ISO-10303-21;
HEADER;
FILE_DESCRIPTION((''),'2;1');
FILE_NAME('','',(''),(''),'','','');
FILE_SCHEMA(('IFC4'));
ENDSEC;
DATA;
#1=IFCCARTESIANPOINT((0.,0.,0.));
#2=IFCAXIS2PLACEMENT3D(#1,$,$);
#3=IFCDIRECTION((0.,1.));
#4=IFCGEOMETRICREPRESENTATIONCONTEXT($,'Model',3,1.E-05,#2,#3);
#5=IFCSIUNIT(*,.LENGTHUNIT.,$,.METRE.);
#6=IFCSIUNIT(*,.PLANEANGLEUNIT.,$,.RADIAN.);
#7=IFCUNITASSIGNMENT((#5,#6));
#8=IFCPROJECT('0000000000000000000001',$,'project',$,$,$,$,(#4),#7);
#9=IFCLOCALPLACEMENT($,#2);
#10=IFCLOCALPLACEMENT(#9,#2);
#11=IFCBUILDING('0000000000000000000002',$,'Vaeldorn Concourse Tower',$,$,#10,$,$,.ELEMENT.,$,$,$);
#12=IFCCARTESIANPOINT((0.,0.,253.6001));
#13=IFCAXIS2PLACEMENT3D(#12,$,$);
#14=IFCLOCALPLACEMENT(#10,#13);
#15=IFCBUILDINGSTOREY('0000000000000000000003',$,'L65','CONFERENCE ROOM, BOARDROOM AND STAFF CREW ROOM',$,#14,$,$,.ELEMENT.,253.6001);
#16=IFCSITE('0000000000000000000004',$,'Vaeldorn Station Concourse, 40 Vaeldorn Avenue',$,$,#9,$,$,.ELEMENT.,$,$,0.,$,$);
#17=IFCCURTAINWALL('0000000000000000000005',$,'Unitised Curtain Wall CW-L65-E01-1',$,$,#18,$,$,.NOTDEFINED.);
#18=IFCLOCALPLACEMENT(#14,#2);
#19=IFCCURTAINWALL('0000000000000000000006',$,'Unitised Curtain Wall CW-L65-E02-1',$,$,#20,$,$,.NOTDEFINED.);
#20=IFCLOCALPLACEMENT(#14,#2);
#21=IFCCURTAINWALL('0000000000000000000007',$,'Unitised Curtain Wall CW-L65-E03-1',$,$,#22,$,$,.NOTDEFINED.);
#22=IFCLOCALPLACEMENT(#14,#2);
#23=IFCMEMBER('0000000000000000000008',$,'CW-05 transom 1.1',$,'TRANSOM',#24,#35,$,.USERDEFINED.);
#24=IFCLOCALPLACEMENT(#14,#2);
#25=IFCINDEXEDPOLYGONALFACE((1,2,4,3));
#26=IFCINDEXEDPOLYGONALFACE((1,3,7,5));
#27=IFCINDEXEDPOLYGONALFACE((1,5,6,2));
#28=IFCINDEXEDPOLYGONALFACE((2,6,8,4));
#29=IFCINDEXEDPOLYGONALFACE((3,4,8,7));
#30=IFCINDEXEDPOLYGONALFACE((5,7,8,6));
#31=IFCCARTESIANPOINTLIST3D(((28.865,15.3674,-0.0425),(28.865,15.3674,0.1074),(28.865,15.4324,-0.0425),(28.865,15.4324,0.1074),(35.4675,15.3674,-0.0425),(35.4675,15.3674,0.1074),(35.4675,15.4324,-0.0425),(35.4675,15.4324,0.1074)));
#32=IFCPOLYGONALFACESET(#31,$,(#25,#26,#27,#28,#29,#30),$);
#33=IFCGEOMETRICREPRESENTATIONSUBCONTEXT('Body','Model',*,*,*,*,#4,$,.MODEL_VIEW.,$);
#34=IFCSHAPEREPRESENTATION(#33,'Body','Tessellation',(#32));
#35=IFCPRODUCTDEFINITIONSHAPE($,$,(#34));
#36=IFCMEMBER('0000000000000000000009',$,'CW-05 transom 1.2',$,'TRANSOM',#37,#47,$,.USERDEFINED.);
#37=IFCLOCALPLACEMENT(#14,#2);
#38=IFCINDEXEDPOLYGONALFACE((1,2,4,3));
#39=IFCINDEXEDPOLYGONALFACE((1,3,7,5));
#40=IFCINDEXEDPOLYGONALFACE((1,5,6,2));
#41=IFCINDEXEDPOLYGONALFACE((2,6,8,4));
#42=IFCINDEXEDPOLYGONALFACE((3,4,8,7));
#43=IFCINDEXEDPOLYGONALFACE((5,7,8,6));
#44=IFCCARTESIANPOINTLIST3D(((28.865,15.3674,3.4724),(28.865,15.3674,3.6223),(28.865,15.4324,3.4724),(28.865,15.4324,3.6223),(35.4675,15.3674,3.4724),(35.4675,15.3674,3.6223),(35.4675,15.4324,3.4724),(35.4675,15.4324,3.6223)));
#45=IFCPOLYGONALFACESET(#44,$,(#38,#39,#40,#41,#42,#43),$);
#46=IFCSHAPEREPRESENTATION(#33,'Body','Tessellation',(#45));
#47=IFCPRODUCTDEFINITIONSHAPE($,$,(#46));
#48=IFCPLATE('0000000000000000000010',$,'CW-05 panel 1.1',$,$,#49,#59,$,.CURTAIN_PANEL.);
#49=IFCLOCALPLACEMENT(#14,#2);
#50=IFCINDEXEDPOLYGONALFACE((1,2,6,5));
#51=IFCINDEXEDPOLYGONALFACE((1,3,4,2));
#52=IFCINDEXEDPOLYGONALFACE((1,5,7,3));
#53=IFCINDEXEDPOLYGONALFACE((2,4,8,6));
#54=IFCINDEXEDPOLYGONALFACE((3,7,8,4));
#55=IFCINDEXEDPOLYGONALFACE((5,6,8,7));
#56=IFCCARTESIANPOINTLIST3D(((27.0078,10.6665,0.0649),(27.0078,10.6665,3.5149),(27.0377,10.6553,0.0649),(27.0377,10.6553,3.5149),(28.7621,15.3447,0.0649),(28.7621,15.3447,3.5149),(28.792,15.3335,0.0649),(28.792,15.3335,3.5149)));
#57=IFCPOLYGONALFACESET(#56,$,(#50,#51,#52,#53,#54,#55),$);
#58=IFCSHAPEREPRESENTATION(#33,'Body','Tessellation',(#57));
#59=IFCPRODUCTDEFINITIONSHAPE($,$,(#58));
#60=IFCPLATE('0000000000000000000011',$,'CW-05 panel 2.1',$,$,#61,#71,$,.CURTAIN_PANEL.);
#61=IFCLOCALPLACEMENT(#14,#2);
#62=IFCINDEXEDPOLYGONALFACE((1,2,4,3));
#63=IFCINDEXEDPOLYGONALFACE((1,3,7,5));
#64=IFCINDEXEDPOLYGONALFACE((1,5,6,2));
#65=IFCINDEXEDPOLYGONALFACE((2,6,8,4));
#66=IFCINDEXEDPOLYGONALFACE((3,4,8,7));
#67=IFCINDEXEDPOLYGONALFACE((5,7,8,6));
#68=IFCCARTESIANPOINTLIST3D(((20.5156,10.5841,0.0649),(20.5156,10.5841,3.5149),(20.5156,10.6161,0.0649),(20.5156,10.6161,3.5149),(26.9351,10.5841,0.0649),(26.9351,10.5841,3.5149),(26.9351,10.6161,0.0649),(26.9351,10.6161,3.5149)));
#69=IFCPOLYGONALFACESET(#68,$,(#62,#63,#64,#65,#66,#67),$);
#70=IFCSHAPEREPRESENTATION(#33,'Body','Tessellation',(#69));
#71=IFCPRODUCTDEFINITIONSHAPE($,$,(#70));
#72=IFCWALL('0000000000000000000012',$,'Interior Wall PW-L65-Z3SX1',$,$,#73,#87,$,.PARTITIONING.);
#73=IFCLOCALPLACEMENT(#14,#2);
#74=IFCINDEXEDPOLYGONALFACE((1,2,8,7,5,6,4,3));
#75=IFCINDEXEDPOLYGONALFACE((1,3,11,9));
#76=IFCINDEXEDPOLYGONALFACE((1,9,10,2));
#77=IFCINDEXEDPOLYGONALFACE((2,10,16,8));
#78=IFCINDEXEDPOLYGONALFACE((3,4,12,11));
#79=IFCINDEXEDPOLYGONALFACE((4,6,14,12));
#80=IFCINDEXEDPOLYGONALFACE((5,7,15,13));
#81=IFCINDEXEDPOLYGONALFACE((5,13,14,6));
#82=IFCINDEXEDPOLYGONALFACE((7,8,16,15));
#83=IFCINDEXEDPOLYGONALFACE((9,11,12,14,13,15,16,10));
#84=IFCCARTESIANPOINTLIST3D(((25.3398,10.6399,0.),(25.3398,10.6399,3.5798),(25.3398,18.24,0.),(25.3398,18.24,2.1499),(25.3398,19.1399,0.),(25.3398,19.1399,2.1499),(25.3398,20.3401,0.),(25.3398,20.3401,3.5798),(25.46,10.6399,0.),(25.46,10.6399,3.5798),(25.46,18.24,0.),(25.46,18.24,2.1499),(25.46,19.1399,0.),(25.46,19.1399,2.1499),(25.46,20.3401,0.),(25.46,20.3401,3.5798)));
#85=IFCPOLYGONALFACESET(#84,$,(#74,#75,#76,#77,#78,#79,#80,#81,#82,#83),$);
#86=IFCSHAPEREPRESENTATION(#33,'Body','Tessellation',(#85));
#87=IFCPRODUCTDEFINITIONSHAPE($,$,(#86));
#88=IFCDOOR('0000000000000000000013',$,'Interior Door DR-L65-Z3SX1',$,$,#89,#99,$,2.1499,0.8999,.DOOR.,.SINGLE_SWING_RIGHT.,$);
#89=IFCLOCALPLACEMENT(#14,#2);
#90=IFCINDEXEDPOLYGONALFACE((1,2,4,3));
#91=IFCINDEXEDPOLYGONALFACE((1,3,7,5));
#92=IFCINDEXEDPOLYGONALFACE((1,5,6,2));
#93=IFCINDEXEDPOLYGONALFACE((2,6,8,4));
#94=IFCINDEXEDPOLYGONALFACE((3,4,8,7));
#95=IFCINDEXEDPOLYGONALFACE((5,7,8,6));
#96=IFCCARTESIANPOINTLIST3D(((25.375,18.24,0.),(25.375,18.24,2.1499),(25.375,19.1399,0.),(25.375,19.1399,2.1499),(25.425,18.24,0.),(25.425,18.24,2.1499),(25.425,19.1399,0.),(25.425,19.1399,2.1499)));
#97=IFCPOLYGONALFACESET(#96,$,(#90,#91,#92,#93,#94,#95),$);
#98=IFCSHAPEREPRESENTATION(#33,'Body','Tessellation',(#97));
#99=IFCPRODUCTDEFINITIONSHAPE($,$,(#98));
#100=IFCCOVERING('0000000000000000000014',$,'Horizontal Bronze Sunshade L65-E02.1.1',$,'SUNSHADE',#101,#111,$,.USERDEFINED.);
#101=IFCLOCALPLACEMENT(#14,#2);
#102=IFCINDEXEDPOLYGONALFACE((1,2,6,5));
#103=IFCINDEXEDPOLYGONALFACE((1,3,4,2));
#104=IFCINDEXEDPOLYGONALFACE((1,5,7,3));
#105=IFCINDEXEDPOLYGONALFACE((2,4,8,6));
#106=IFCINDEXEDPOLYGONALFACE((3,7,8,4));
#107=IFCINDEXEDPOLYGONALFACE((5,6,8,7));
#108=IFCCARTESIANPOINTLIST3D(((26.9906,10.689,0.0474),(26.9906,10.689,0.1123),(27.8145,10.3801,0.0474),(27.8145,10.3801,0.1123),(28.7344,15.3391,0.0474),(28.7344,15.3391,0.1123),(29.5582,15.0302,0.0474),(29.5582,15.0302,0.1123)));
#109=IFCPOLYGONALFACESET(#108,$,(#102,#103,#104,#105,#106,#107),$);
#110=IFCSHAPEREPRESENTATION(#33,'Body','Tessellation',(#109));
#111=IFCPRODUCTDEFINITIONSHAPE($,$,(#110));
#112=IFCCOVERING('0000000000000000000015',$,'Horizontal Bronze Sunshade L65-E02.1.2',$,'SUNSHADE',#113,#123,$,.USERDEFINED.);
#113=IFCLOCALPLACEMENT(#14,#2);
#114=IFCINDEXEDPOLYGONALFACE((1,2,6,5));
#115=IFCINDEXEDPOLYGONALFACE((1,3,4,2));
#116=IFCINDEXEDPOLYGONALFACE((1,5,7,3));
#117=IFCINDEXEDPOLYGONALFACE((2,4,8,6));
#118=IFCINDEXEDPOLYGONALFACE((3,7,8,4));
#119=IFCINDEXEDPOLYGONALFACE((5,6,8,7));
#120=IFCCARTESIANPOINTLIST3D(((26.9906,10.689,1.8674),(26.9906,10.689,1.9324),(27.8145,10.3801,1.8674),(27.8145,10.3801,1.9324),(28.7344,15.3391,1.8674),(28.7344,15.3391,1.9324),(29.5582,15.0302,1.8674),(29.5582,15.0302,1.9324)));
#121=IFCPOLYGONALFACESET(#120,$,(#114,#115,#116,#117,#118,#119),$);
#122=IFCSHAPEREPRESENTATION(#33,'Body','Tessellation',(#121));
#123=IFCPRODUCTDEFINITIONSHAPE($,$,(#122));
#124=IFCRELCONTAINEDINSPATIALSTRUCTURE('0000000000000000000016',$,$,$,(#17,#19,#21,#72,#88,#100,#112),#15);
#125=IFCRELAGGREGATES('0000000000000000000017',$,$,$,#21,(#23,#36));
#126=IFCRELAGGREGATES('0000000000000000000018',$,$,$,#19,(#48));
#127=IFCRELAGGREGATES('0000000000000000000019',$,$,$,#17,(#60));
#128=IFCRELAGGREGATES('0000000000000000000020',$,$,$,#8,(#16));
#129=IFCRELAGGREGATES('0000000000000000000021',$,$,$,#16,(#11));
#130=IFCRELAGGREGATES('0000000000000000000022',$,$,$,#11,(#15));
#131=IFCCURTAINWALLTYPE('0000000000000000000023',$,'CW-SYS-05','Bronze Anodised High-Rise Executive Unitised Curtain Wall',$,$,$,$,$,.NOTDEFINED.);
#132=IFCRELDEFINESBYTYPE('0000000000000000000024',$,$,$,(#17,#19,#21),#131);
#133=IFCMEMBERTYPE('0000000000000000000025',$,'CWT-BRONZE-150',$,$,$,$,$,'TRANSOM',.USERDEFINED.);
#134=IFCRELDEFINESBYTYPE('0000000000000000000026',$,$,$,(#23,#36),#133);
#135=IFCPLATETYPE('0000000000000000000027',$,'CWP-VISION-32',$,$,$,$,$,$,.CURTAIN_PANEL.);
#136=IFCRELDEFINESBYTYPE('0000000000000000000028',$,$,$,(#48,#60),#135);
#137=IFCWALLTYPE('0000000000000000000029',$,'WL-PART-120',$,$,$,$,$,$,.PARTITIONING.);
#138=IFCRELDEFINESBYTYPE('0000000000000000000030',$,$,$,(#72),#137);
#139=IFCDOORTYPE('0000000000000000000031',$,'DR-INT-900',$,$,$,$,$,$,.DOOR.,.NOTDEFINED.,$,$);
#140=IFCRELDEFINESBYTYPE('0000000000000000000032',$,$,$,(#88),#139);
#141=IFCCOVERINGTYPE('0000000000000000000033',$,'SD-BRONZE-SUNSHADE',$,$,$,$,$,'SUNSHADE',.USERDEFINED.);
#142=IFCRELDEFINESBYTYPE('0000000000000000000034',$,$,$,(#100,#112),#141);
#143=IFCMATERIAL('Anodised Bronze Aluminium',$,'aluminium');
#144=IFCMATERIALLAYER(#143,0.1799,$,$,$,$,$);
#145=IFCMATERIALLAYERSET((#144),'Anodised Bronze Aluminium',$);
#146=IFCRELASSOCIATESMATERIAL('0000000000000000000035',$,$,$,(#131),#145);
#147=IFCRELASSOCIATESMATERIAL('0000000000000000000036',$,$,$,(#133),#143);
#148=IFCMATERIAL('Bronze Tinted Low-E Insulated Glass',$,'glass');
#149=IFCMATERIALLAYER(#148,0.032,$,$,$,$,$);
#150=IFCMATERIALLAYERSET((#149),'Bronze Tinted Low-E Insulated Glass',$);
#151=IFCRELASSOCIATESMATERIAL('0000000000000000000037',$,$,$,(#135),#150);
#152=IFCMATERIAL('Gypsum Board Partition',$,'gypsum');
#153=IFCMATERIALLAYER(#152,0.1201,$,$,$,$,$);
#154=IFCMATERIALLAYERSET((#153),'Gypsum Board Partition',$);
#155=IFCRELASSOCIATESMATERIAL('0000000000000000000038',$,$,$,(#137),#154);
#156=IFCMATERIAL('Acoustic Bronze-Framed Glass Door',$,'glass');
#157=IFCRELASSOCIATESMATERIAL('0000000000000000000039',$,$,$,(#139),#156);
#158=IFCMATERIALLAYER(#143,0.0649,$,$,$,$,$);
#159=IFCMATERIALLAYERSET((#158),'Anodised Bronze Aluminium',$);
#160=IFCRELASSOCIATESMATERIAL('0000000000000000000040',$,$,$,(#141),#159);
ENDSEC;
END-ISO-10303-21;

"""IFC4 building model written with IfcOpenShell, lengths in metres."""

from ifc_helpers import new_model, si_unit, direction, frame, frame_2d, origin, origin_2d, place, context, subcontext, project, spatial, rectangle, extrude, source, transform, mapped, material, layer, layer_set, material_profile, profile_set, type_object, element, fill, aggregate, save


model = new_model("IFC4")

# Units and contexts
model_context = context("Model", 3, precision=1e-05, world=origin(), true_north=direction((0.0, 1.0)))
body_context = subcontext(model_context, "Body", "Model", "MODEL_VIEW")
ifc_project = project(units=[si_unit("LENGTHUNIT", "METRE"), si_unit("PLANEANGLEUNIT", "RADIAN")], contexts=[model_context])

# Site, building, storey
site_placement = place(None, origin())
site = spatial("IfcSite", under=ifc_project, at=site_placement, Name="Vaeldorn Station Concourse, 40 Vaeldorn Avenue", CompositionType="ELEMENT", RefElevation=0.0)
building_placement = place(site_placement, origin())
building = spatial("IfcBuilding", under=site, at=building_placement, Name="Vaeldorn Concourse Tower", CompositionType="ELEMENT")
storey_placement = place(building_placement, frame((0.0, 0.0, 253.6001)))
storey = spatial("IfcBuildingStorey", under=building, at=storey_placement, Name="L65", Description="CONFERENCE ROOM, BOARDROOM AND STAFF CREW ROOM", CompositionType="ELEMENT", Elevation=253.6001)

# Curtain wall
ifc_material_1 = material(Name="Anodised Bronze Aluminium", Category="aluminium")
ifc_layer_1 = layer(ifc_material_1, 0.1799)
ifc_layer_set_1 = layer_set([ifc_layer_1], Name="Anodised Bronze Aluminium")
curtain_wall_type = type_object("IfcCurtainWallType", Name="CW-SYS-05", Description="Bronze Anodised High-Rise Executive Unitised Curtain Wall", PredefinedType="NOTDEFINED", material=ifc_layer_set_1)
curtain_wall_1_placement = place(storey_placement, origin())
curtain_wall_1 = element("IfcCurtainWall", 1, at=curtain_wall_1_placement, inside=storey, type_object=curtain_wall_type, Name="Unitised Curtain Wall CW-L65-E01-1", PredefinedType="NOTDEFINED")

# Curtain wall
curtain_wall_2_placement = place(storey_placement, origin())
curtain_wall_2 = element("IfcCurtainWall", 2, at=curtain_wall_2_placement, inside=storey, type_object=curtain_wall_type, Name="Unitised Curtain Wall CW-L65-E02-1", PredefinedType="NOTDEFINED")

# Curtain wall
curtain_wall_3_placement = place(storey_placement, origin())
curtain_wall_3 = element("IfcCurtainWall", 3, at=curtain_wall_3_placement, inside=storey, type_object=curtain_wall_type, Name="Unitised Curtain Wall CW-L65-E03-1", PredefinedType="NOTDEFINED")

# Members
ifc_material_profile_1 = material_profile(ifc_material_1, rectangle(XDim=0.0649, YDim=0.1499, at=origin_2d()), Name="CWT 65x150")
ifc_profile_set_1 = profile_set([ifc_material_profile_1], Name="Anodised Bronze Aluminium")
member_type_1 = type_object("IfcMemberType", Name="CWT-BRONZE-150", ElementType="TRANSOM", PredefinedType="USERDEFINED", material=ifc_profile_set_1)
shared_shape_1 = source(origin(), body_context, "Body", "SweptSolid", [
    extrude(rectangle(XDim=0.0649, YDim=0.1499, at=origin_2d()), origin(), (0.0, 0.0, 1.0), 6.6025),
])
member_1_placement = place(storey_placement, frame((28.865, 15.3999, 0.0325), z_axis=(1.0, 0.0, 0.0), x_axis=(0.0, 1.0, 0.0)))
member_1 = element("IfcMember", 4, at=member_1_placement, type_object=member_type_1, Name="CW-05 transom 1.1", ObjectType="TRANSOM", PredefinedType="USERDEFINED", context=body_context, shape_type="MappedRepresentation", body=[
    mapped(shared_shape_1, transform((0.0, 0.0, 0.0), scale=1.0)),
])
member_2_placement = place(storey_placement, frame((28.865, 15.3999, 3.5474), z_axis=(1.0, 0.0, 0.0), x_axis=(0.0, 1.0, 0.0)))
member_2 = element("IfcMember", 5, at=member_2_placement, type_object=member_type_1, Name="CW-05 transom 1.2", ObjectType="TRANSOM", PredefinedType="USERDEFINED", context=body_context, shape_type="MappedRepresentation", body=[
    mapped(shared_shape_1, transform((0.0, 0.0, 0.0), scale=1.0)),
])
aggregate(curtain_wall_3, [member_1, member_2])

# Plates
ifc_material_2 = material(Name="Bronze Tinted Low-E Insulated Glass", Category="glass")
ifc_layer_2 = layer(ifc_material_2, 0.032)
ifc_layer_set_2 = layer_set([ifc_layer_2], Name="Bronze Tinted Low-E Insulated Glass")
plate_type = type_object("IfcPlateType", Name="CWP-VISION-32", PredefinedType="CURTAIN_PANEL", material=ifc_layer_set_2)
shared_shape_2 = source(origin(), body_context, "Body", "SweptSolid", [
    extrude(rectangle(XDim=4.9963, YDim=0.032, at=origin_2d()), origin(), (0.0, 0.0, 1.0), 3.45),
])
plate_1_placement = place(storey_placement, frame((27.8999, 13.0, 0.0649), z_axis=(0.0, 0.0, 1.0), x_axis=(0.351123, 0.936329, 0.0)))
plate_1 = element("IfcPlate", 6, at=plate_1_placement, type_object=plate_type, Name="CW-05 panel 1.1", PredefinedType="CURTAIN_PANEL", context=body_context, shape_type="MappedRepresentation", body=[
    mapped(shared_shape_2, transform((0.0, 0.0, 0.0), scale=1.0)),
])
aggregate(curtain_wall_2, [plate_1])
shared_shape_3 = source(origin(), body_context, "Body", "SweptSolid", [
    extrude(rectangle(XDim=6.4194, YDim=0.032, at=origin_2d()), origin(), (0.0, 0.0, 1.0), 3.45),
])
plate_2_placement = place(storey_placement, frame((23.7253, 10.6001, 0.0649), z_axis=(0.0, 0.0, 1.0), x_axis=(1.0, 0.0, 0.0)))
plate_2 = element("IfcPlate", 7, at=plate_2_placement, type_object=plate_type, Name="CW-05 panel 2.1", PredefinedType="CURTAIN_PANEL", context=body_context, shape_type="MappedRepresentation", body=[
    mapped(shared_shape_3, transform((0.0, 0.0, 0.0), scale=1.0)),
])
aggregate(curtain_wall_1, [plate_2])

# Wall, opening, door
ifc_material_3 = material(Name="Gypsum Board Partition", Category="gypsum")
ifc_layer_3 = layer(ifc_material_3, 0.1201)
ifc_layer_set_3 = layer_set([ifc_layer_3], Name="Gypsum Board Partition")
wall_type = type_object("IfcWallType", Name="WL-PART-120", PredefinedType="PARTITIONING", material=ifc_layer_set_3)
wall_placement = place(storey_placement, frame((25.3999, 10.6399, 0.0), z_axis=(0.0, 0.0, 1.0), x_axis=(0.0, 1.0, 0.0)))
wall = element("IfcWall", 8, at=wall_placement, inside=storey, type_object=wall_type, Name="Interior Wall PW-L65-Z3SX1", PredefinedType="PARTITIONING", context=body_context, shape_type="SweptSolid", body=[
    extrude(rectangle(XDim=9.7002, YDim=0.1201, at=frame_2d((4.8501, 0.0))), origin(), (0.0, 0.0, 1.0), 3.5798),
])
opening_placement = place(wall_placement, frame((7.6001, 0.0, 0.0)))
opening = element("IfcOpeningElement", 9, at=opening_placement, cuts=wall, PredefinedType="OPENING", context=body_context, shape_type="SweptSolid", body=[
    extrude(rectangle(XDim=0.8999, YDim=2.1499, at=frame_2d((0.45, 1.075))), frame((0.0, 0.0701, 0.0), z_axis=(0.0, -1.0, 0.0), x_axis=(1.0, 0.0, 0.0)), (0.0, 0.0, 1.0), 0.1401),
])
ifc_material_4 = material(Name="Acoustic Bronze-Framed Glass Door", Category="glass")
door_type = type_object("IfcDoorType", Name="DR-INT-900", OperationType="NOTDEFINED", PredefinedType="DOOR", material=ifc_material_4)
shared_shape_4 = source(origin(), body_context, "Body", "SweptSolid", [
    extrude(rectangle(XDim=0.8999, YDim=2.1499, at=frame_2d((0.45, 1.075))), frame((0.0, 0.0249, 0.0), z_axis=(0.0, -1.0, 0.0), x_axis=(1.0, 0.0, 0.0)), (0.0, 0.0, 1.0), 0.05),
])
door_placement = place(opening_placement, origin())
door = element("IfcDoor", 10, at=door_placement, inside=storey, type_object=door_type, Name="Interior Door DR-L65-Z3SX1", OperationType="SINGLE_SWING_RIGHT", OverallHeight=2.1499, OverallWidth=0.8999, PredefinedType="DOOR", context=body_context, shape_type="MappedRepresentation", body=[
    mapped(shared_shape_4, transform((0.0, 0.0, 0.0), scale=1.0)),
])
fill(opening, door)

# Coverings
ifc_layer_4 = layer(ifc_material_1, 0.0649)
ifc_layer_set_4 = layer_set([ifc_layer_4], Name="Anodised Bronze Aluminium")
covering_type = type_object("IfcCoveringType", Name="SD-BRONZE-SUNSHADE", ElementType="SUNSHADE", PredefinedType="USERDEFINED", material=ifc_layer_set_4)
shared_shape_5 = source(origin(), body_context, "Body", "SweptSolid", [
    extrude(rectangle(XDim=4.9663, YDim=0.8799, at=origin_2d()), origin(), (0.0, 0.0, 1.0), 0.0649),
])
for number, where, z_axis, x_axis, name in (
    (11, (28.2744, 12.8596, 0.0474), (0.0, 0.0, 1.0), (0.351123, 0.936329, 0.0), "Horizontal Bronze Sunshade L65-E02.1.1"),
    (12, (28.2744, 12.8596, 1.8674), (0.0, 0.0, 1.0), (0.351123, 0.936329, 0.0), "Horizontal Bronze Sunshade L65-E02.1.2"),
):
    element("IfcCovering", number, at=place(storey_placement, frame(where, z_axis=z_axis, x_axis=x_axis)), inside=storey, type_object=covering_type, Name=name, ObjectType="SUNSHADE", PredefinedType="USERDEFINED", context=body_context, shape_type="MappedRepresentation", body=[
        mapped(shared_shape_5, transform((0.0, 0.0, 0.0), scale=1.0)),
    ])

save(model, "model.ifc")
